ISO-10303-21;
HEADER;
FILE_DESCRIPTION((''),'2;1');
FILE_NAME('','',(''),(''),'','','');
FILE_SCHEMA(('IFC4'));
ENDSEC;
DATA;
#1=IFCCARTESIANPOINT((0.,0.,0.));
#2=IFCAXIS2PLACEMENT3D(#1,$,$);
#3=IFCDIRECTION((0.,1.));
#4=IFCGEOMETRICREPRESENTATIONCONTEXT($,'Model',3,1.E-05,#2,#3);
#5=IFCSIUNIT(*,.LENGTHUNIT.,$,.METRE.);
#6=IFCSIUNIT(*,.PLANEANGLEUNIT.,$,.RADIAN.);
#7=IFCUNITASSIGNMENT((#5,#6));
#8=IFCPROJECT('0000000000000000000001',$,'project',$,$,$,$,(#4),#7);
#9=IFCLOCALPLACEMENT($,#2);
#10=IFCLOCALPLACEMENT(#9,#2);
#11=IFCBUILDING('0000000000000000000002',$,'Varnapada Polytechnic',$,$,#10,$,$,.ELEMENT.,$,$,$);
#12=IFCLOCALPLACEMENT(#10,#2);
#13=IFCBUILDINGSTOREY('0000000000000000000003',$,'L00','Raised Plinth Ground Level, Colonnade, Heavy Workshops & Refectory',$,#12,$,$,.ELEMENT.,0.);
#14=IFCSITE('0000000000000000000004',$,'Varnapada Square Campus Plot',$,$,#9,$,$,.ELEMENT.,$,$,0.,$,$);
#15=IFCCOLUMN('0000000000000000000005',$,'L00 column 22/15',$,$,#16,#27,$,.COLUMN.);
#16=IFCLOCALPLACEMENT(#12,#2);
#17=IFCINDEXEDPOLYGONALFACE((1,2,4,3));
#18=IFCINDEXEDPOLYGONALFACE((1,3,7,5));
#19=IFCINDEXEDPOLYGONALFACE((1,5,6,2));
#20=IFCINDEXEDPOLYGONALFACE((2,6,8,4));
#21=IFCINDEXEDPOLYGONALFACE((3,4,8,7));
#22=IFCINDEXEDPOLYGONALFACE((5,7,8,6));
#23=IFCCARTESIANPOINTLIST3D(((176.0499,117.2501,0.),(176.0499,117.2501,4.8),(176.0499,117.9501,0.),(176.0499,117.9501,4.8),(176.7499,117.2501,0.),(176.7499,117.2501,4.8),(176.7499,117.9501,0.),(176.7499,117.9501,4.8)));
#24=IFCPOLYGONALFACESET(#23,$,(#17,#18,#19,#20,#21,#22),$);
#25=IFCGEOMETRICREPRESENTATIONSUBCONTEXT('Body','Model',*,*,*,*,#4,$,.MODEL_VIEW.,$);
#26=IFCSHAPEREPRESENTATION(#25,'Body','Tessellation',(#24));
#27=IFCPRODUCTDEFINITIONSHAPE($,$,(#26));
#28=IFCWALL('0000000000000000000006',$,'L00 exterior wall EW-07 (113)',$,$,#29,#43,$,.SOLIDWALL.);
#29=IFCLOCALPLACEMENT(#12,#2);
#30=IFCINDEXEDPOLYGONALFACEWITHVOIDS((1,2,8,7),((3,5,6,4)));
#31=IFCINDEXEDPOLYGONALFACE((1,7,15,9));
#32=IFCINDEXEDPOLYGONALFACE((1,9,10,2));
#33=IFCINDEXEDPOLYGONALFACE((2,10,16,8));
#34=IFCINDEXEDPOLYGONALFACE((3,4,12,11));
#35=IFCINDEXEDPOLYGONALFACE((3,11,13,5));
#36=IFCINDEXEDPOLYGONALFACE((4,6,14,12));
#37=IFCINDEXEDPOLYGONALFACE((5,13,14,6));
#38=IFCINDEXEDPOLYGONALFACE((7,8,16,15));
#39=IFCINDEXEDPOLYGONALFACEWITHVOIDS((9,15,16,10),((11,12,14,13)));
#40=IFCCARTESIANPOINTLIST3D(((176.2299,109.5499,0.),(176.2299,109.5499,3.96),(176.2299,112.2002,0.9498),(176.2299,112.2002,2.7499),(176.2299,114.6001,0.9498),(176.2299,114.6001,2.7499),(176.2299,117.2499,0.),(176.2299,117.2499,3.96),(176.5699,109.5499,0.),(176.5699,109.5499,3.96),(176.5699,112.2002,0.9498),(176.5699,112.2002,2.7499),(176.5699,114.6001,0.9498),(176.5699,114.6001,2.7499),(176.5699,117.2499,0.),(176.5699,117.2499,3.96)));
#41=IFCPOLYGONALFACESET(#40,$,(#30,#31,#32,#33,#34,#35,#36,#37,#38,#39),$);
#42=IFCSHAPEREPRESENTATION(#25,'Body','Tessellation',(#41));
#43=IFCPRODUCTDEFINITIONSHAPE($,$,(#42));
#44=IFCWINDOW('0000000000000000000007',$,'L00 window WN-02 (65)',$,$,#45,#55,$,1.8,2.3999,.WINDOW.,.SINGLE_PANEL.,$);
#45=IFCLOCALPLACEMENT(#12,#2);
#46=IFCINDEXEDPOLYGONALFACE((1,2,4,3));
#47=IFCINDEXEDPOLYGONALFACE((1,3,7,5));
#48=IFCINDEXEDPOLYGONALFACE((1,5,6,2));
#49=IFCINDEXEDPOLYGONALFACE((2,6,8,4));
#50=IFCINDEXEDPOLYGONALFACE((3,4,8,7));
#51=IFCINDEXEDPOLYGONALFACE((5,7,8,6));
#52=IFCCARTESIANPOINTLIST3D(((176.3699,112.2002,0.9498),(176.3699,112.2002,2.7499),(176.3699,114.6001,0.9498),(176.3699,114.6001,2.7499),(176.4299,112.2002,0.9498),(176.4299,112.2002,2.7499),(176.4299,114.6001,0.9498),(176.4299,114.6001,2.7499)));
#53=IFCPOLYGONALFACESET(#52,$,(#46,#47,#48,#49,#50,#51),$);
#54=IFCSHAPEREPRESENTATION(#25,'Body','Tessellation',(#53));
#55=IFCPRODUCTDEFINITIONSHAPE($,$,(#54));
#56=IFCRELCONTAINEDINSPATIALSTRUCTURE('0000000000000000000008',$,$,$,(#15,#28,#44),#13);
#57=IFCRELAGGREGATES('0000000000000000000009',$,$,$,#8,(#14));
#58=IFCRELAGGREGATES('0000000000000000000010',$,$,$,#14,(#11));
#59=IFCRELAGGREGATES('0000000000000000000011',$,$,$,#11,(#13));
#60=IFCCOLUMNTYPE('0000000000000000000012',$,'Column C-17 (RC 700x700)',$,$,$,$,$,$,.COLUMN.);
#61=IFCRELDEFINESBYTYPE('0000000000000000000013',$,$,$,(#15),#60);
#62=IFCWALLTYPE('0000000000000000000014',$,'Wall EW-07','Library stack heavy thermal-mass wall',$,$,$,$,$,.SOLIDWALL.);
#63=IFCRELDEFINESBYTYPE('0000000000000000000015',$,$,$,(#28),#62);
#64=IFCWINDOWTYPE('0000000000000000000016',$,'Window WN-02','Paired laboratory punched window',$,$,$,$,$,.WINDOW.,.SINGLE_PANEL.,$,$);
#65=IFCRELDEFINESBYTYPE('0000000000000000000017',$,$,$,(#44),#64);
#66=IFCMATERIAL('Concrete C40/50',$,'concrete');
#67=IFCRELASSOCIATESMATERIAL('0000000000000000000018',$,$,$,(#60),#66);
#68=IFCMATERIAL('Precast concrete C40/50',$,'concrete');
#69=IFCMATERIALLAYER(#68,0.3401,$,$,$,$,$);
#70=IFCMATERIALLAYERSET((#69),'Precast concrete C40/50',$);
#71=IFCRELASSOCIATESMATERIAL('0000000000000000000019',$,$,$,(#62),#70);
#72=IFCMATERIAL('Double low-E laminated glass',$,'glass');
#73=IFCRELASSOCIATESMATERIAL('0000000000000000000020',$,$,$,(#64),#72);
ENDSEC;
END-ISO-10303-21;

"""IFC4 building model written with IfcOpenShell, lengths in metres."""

from ifc_helpers import new_model, si_unit, direction, frame, frame_2d, origin, origin_2d, place, context, subcontext, project, spatial, rectangle, extrude, material, layer, layer_set, material_profile, profile_set, type_object, element, fill, save


model = new_model("IFC4")

# Units and contexts
model_context = context("Model", 3, precision=1e-05, world=origin(), true_north=direction((0.0, 1.0)))
body_context = subcontext(model_context, "Body", "Model", "MODEL_VIEW")
ifc_project = project(units=[si_unit("LENGTHUNIT", "METRE"), si_unit("PLANEANGLEUNIT", "RADIAN")], contexts=[model_context])

# Site, building, storey
site_placement = place(None, origin())
site = spatial("IfcSite", under=ifc_project, at=site_placement, Name="Varnapada Square Campus Plot", CompositionType="ELEMENT", RefElevation=0.0)
building_placement = place(site_placement, origin())
building = spatial("IfcBuilding", under=site, at=building_placement, Name="Varnapada Polytechnic", CompositionType="ELEMENT")
storey_placement = place(building_placement, origin())
storey = spatial("IfcBuildingStorey", under=building, at=storey_placement, Name="L00", Description="Raised Plinth Ground Level, Colonnade, Heavy Workshops & Refectory", CompositionType="ELEMENT", Elevation=0.0)

# Column
ifc_material_1 = material(Name="Concrete C40/50", Category="concrete")
ifc_material_profile = material_profile(ifc_material_1, rectangle(XDim=0.7, YDim=0.7, at=origin_2d()), Name="RC 700x700")
ifc_profile_set = profile_set([ifc_material_profile], Name="Concrete C40/50")
column_type = type_object("IfcColumnType", Name="Column C-17 (RC 700x700)", PredefinedType="COLUMN", material=ifc_profile_set)
column_placement = place(storey_placement, frame((176.3999, 117.6001, 0.0), z_axis=(0.0, 0.0, 1.0), x_axis=(1.0, 0.0, 0.0)))
element("IfcColumn", 1, at=column_placement, inside=storey, type_object=column_type, Name="L00 column 22/15", PredefinedType="COLUMN", context=body_context, shape_type="SweptSolid", body=[
    extrude(rectangle(XDim=0.7, YDim=0.7, at=origin_2d()), origin(), (0.0, 0.0, 1.0), 4.8),
])

# Wall, opening, window
ifc_material_2 = material(Name="Precast concrete C40/50", Category="concrete")
ifc_layer_1 = layer(ifc_material_2, 0.3401)
ifc_layer_set_1 = layer_set([ifc_layer_1], Name="Precast concrete C40/50")
wall_type = type_object("IfcWallType", Name="Wall EW-07", Description="Library stack heavy thermal-mass wall", PredefinedType="SOLIDWALL", material=ifc_layer_set_1)
wall_placement = place(storey_placement, frame((176.3999, 117.25, 0.0), z_axis=(0.0, 0.0, 1.0), x_axis=(0.0, -1.0, 0.0)))
wall = element("IfcWall", 2, at=wall_placement, inside=storey, type_object=wall_type, Name="L00 exterior wall EW-07 (113)", PredefinedType="SOLIDWALL", context=body_context, shape_type="SweptSolid", body=[
    extrude(rectangle(XDim=7.7, YDim=0.3401, at=frame_2d((3.8501, 0.0))), origin(), (0.0, 0.0, 1.0), 3.96),
])
opening_1_placement = place(wall_placement, frame((2.6499, 0.0, 0.95)))
opening_1 = element("IfcOpeningElement", 3, at=opening_1_placement, cuts=wall, PredefinedType="OPENING", context=body_context, shape_type="SweptSolid", body=[
    extrude(rectangle(XDim=2.3999, YDim=1.8, at=frame_2d((1.2, 0.8999))), frame((0.0, 0.1799, 0.0), z_axis=(0.0, -1.0, 0.0), x_axis=(1.0, 0.0, 0.0)), (0.0, 0.0, 1.0), 0.3601),
])
ifc_material_3 = material(Name="Double low-E laminated glass", Category="glass")
window_type = type_object("IfcWindowType", Name="Window WN-02", Description="Paired laboratory punched window", PartitioningType="SINGLE_PANEL", PredefinedType="WINDOW", material=ifc_material_3)
window_placement = place(opening_1_placement, origin())
window = element("IfcWindow", 4, at=window_placement, inside=storey, type_object=window_type, Name="L00 window WN-02 (65)", OverallHeight=1.8, OverallWidth=2.3999, PartitioningType="SINGLE_PANEL", PredefinedType="WINDOW", context=body_context, shape_type="SweptSolid", body=[
    extrude(rectangle(XDim=2.3999, YDim=1.8, at=frame_2d((1.2, 0.8999))), frame((0.0, 0.03, 0.0), z_axis=(0.0, -1.0, 0.0), x_axis=(1.0, 0.0, 0.0)), (0.0, 0.0, 1.0), 0.0601),
])
fill(opening_1, window)

save(model, "model.ifc")
